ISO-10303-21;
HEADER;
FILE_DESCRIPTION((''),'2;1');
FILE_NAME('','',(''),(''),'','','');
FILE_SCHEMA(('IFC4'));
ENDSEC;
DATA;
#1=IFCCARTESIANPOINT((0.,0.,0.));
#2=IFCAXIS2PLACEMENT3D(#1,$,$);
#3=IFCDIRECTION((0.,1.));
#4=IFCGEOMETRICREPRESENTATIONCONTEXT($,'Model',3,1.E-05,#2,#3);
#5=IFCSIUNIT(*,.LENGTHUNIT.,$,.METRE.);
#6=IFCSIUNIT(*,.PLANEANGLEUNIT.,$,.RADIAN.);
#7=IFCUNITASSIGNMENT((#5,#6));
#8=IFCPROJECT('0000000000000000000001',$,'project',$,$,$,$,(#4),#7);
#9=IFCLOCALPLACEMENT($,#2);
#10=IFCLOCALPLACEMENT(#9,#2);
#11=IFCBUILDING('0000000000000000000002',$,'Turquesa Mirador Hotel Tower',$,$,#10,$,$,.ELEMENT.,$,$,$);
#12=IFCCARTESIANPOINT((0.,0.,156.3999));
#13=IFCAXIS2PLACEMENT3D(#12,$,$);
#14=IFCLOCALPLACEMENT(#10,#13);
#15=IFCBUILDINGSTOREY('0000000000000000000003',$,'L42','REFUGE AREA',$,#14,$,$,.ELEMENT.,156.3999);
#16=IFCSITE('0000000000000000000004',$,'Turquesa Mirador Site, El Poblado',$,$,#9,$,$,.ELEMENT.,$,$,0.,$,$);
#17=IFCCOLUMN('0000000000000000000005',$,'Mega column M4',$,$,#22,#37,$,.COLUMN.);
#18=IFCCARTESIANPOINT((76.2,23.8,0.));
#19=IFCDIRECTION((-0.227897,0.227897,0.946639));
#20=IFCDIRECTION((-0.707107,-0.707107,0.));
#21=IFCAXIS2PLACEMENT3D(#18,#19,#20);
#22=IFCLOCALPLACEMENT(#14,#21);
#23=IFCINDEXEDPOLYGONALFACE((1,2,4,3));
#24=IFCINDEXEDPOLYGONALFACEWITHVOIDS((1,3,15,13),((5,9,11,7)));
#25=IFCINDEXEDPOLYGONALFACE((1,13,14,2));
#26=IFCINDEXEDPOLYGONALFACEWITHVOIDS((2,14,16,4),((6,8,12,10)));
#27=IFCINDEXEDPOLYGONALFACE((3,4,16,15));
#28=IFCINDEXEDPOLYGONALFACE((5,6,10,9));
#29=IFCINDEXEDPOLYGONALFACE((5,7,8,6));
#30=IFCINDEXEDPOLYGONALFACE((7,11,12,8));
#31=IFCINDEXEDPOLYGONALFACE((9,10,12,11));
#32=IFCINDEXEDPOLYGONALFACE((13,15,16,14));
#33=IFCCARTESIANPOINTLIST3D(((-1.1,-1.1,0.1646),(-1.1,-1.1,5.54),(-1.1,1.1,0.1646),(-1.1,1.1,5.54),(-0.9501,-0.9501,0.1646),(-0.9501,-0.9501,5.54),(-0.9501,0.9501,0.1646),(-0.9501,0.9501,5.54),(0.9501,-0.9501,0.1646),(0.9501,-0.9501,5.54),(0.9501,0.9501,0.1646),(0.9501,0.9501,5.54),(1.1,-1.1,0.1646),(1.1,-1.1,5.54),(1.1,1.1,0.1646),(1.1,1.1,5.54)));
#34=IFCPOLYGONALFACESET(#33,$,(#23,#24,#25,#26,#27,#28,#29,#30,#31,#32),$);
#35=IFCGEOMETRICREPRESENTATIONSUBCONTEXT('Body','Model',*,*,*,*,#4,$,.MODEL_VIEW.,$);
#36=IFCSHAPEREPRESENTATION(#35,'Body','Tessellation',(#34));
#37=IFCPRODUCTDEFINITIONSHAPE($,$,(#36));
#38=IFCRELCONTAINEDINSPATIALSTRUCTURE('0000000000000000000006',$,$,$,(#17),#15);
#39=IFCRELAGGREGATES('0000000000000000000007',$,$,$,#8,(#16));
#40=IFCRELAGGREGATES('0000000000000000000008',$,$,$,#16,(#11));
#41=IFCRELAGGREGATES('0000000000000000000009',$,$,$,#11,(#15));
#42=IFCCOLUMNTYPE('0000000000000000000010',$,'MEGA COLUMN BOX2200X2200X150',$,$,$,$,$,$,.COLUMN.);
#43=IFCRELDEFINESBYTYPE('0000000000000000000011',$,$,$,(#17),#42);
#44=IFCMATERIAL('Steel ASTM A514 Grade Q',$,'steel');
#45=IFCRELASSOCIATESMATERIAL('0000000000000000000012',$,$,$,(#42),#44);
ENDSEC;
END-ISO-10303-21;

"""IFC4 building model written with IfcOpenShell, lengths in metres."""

from ifc_helpers import new_model, si_unit, direction, frame, origin, origin_2d, place, context, subcontext, project, spatial, hollow_rectangle, extrude, clip, halfspace, material, material_profile, profile_set, type_object, element, save


model = new_model("IFC4")

# Units and contexts
model_context = context("Model", 3, precision=1e-05, world=origin(), true_north=direction((0.0, 1.0)))
body_context = subcontext(model_context, "Body", "Model", "MODEL_VIEW")
ifc_project = project(units=[si_unit("LENGTHUNIT", "METRE"), si_unit("PLANEANGLEUNIT", "RADIAN")], contexts=[model_context])

# Site, building, storey
site_placement = place(None, origin())
site = spatial("IfcSite", under=ifc_project, at=site_placement, Name="Turquesa Mirador Site, El Poblado", CompositionType="ELEMENT", RefElevation=0.0)
building_placement = place(site_placement, origin())
building = spatial("IfcBuilding", under=site, at=building_placement, Name="Turquesa Mirador Hotel Tower", CompositionType="ELEMENT")
storey_placement = place(building_placement, frame((0.0, 0.0, 156.3999)))
storey = spatial("IfcBuildingStorey", under=building, at=storey_placement, Name="L42", Description="REFUGE AREA", CompositionType="ELEMENT", Elevation=156.3999)

# Column
ifc_material_1 = material(Name="Steel ASTM A514 Grade Q", Category="steel")
ifc_material_profile_1 = material_profile(ifc_material_1, hollow_rectangle(XDim=2.2, YDim=2.2, WallThickness=0.1499, at=origin_2d()), Name="BOX2200X2200X150")
ifc_profile_set_1 = profile_set([ifc_material_profile_1], Name="Steel ASTM A514 Grade Q")
column_type = type_object("IfcColumnType", Name="MEGA COLUMN BOX2200X2200X150", PredefinedType="COLUMN", material=ifc_profile_set_1)
column_placement = place(storey_placement, frame((76.2, 23.8, 0.0), z_axis=(-0.227897, 0.227897, 0.946639), x_axis=(-0.707107, -0.707107, 0.0)))
element("IfcColumn", 1, at=column_placement, inside=storey, type_object=column_type, Name="Mega column M4", PredefinedType="COLUMN", context=body_context, shape_type="Clipping", body=[
    clip(clip(extrude(hollow_rectangle(XDim=2.2, YDim=2.2, WallThickness=0.1499, at=origin_2d()), origin(), (0.0, 0.0, 1.0), 5.7046), halfspace(frame((0.0, 0.0, 0.1646), z_axis=(0.0, 0.0, -1.0), x_axis=(1.0, 0.0, 0.0)), False)), halfspace(frame((0.0, 0.0, 5.54), z_axis=(0.0, 0.0, 1.0), x_axis=(1.0, 0.0, 0.0)), False)),
])

save(model, "model.ifc")
